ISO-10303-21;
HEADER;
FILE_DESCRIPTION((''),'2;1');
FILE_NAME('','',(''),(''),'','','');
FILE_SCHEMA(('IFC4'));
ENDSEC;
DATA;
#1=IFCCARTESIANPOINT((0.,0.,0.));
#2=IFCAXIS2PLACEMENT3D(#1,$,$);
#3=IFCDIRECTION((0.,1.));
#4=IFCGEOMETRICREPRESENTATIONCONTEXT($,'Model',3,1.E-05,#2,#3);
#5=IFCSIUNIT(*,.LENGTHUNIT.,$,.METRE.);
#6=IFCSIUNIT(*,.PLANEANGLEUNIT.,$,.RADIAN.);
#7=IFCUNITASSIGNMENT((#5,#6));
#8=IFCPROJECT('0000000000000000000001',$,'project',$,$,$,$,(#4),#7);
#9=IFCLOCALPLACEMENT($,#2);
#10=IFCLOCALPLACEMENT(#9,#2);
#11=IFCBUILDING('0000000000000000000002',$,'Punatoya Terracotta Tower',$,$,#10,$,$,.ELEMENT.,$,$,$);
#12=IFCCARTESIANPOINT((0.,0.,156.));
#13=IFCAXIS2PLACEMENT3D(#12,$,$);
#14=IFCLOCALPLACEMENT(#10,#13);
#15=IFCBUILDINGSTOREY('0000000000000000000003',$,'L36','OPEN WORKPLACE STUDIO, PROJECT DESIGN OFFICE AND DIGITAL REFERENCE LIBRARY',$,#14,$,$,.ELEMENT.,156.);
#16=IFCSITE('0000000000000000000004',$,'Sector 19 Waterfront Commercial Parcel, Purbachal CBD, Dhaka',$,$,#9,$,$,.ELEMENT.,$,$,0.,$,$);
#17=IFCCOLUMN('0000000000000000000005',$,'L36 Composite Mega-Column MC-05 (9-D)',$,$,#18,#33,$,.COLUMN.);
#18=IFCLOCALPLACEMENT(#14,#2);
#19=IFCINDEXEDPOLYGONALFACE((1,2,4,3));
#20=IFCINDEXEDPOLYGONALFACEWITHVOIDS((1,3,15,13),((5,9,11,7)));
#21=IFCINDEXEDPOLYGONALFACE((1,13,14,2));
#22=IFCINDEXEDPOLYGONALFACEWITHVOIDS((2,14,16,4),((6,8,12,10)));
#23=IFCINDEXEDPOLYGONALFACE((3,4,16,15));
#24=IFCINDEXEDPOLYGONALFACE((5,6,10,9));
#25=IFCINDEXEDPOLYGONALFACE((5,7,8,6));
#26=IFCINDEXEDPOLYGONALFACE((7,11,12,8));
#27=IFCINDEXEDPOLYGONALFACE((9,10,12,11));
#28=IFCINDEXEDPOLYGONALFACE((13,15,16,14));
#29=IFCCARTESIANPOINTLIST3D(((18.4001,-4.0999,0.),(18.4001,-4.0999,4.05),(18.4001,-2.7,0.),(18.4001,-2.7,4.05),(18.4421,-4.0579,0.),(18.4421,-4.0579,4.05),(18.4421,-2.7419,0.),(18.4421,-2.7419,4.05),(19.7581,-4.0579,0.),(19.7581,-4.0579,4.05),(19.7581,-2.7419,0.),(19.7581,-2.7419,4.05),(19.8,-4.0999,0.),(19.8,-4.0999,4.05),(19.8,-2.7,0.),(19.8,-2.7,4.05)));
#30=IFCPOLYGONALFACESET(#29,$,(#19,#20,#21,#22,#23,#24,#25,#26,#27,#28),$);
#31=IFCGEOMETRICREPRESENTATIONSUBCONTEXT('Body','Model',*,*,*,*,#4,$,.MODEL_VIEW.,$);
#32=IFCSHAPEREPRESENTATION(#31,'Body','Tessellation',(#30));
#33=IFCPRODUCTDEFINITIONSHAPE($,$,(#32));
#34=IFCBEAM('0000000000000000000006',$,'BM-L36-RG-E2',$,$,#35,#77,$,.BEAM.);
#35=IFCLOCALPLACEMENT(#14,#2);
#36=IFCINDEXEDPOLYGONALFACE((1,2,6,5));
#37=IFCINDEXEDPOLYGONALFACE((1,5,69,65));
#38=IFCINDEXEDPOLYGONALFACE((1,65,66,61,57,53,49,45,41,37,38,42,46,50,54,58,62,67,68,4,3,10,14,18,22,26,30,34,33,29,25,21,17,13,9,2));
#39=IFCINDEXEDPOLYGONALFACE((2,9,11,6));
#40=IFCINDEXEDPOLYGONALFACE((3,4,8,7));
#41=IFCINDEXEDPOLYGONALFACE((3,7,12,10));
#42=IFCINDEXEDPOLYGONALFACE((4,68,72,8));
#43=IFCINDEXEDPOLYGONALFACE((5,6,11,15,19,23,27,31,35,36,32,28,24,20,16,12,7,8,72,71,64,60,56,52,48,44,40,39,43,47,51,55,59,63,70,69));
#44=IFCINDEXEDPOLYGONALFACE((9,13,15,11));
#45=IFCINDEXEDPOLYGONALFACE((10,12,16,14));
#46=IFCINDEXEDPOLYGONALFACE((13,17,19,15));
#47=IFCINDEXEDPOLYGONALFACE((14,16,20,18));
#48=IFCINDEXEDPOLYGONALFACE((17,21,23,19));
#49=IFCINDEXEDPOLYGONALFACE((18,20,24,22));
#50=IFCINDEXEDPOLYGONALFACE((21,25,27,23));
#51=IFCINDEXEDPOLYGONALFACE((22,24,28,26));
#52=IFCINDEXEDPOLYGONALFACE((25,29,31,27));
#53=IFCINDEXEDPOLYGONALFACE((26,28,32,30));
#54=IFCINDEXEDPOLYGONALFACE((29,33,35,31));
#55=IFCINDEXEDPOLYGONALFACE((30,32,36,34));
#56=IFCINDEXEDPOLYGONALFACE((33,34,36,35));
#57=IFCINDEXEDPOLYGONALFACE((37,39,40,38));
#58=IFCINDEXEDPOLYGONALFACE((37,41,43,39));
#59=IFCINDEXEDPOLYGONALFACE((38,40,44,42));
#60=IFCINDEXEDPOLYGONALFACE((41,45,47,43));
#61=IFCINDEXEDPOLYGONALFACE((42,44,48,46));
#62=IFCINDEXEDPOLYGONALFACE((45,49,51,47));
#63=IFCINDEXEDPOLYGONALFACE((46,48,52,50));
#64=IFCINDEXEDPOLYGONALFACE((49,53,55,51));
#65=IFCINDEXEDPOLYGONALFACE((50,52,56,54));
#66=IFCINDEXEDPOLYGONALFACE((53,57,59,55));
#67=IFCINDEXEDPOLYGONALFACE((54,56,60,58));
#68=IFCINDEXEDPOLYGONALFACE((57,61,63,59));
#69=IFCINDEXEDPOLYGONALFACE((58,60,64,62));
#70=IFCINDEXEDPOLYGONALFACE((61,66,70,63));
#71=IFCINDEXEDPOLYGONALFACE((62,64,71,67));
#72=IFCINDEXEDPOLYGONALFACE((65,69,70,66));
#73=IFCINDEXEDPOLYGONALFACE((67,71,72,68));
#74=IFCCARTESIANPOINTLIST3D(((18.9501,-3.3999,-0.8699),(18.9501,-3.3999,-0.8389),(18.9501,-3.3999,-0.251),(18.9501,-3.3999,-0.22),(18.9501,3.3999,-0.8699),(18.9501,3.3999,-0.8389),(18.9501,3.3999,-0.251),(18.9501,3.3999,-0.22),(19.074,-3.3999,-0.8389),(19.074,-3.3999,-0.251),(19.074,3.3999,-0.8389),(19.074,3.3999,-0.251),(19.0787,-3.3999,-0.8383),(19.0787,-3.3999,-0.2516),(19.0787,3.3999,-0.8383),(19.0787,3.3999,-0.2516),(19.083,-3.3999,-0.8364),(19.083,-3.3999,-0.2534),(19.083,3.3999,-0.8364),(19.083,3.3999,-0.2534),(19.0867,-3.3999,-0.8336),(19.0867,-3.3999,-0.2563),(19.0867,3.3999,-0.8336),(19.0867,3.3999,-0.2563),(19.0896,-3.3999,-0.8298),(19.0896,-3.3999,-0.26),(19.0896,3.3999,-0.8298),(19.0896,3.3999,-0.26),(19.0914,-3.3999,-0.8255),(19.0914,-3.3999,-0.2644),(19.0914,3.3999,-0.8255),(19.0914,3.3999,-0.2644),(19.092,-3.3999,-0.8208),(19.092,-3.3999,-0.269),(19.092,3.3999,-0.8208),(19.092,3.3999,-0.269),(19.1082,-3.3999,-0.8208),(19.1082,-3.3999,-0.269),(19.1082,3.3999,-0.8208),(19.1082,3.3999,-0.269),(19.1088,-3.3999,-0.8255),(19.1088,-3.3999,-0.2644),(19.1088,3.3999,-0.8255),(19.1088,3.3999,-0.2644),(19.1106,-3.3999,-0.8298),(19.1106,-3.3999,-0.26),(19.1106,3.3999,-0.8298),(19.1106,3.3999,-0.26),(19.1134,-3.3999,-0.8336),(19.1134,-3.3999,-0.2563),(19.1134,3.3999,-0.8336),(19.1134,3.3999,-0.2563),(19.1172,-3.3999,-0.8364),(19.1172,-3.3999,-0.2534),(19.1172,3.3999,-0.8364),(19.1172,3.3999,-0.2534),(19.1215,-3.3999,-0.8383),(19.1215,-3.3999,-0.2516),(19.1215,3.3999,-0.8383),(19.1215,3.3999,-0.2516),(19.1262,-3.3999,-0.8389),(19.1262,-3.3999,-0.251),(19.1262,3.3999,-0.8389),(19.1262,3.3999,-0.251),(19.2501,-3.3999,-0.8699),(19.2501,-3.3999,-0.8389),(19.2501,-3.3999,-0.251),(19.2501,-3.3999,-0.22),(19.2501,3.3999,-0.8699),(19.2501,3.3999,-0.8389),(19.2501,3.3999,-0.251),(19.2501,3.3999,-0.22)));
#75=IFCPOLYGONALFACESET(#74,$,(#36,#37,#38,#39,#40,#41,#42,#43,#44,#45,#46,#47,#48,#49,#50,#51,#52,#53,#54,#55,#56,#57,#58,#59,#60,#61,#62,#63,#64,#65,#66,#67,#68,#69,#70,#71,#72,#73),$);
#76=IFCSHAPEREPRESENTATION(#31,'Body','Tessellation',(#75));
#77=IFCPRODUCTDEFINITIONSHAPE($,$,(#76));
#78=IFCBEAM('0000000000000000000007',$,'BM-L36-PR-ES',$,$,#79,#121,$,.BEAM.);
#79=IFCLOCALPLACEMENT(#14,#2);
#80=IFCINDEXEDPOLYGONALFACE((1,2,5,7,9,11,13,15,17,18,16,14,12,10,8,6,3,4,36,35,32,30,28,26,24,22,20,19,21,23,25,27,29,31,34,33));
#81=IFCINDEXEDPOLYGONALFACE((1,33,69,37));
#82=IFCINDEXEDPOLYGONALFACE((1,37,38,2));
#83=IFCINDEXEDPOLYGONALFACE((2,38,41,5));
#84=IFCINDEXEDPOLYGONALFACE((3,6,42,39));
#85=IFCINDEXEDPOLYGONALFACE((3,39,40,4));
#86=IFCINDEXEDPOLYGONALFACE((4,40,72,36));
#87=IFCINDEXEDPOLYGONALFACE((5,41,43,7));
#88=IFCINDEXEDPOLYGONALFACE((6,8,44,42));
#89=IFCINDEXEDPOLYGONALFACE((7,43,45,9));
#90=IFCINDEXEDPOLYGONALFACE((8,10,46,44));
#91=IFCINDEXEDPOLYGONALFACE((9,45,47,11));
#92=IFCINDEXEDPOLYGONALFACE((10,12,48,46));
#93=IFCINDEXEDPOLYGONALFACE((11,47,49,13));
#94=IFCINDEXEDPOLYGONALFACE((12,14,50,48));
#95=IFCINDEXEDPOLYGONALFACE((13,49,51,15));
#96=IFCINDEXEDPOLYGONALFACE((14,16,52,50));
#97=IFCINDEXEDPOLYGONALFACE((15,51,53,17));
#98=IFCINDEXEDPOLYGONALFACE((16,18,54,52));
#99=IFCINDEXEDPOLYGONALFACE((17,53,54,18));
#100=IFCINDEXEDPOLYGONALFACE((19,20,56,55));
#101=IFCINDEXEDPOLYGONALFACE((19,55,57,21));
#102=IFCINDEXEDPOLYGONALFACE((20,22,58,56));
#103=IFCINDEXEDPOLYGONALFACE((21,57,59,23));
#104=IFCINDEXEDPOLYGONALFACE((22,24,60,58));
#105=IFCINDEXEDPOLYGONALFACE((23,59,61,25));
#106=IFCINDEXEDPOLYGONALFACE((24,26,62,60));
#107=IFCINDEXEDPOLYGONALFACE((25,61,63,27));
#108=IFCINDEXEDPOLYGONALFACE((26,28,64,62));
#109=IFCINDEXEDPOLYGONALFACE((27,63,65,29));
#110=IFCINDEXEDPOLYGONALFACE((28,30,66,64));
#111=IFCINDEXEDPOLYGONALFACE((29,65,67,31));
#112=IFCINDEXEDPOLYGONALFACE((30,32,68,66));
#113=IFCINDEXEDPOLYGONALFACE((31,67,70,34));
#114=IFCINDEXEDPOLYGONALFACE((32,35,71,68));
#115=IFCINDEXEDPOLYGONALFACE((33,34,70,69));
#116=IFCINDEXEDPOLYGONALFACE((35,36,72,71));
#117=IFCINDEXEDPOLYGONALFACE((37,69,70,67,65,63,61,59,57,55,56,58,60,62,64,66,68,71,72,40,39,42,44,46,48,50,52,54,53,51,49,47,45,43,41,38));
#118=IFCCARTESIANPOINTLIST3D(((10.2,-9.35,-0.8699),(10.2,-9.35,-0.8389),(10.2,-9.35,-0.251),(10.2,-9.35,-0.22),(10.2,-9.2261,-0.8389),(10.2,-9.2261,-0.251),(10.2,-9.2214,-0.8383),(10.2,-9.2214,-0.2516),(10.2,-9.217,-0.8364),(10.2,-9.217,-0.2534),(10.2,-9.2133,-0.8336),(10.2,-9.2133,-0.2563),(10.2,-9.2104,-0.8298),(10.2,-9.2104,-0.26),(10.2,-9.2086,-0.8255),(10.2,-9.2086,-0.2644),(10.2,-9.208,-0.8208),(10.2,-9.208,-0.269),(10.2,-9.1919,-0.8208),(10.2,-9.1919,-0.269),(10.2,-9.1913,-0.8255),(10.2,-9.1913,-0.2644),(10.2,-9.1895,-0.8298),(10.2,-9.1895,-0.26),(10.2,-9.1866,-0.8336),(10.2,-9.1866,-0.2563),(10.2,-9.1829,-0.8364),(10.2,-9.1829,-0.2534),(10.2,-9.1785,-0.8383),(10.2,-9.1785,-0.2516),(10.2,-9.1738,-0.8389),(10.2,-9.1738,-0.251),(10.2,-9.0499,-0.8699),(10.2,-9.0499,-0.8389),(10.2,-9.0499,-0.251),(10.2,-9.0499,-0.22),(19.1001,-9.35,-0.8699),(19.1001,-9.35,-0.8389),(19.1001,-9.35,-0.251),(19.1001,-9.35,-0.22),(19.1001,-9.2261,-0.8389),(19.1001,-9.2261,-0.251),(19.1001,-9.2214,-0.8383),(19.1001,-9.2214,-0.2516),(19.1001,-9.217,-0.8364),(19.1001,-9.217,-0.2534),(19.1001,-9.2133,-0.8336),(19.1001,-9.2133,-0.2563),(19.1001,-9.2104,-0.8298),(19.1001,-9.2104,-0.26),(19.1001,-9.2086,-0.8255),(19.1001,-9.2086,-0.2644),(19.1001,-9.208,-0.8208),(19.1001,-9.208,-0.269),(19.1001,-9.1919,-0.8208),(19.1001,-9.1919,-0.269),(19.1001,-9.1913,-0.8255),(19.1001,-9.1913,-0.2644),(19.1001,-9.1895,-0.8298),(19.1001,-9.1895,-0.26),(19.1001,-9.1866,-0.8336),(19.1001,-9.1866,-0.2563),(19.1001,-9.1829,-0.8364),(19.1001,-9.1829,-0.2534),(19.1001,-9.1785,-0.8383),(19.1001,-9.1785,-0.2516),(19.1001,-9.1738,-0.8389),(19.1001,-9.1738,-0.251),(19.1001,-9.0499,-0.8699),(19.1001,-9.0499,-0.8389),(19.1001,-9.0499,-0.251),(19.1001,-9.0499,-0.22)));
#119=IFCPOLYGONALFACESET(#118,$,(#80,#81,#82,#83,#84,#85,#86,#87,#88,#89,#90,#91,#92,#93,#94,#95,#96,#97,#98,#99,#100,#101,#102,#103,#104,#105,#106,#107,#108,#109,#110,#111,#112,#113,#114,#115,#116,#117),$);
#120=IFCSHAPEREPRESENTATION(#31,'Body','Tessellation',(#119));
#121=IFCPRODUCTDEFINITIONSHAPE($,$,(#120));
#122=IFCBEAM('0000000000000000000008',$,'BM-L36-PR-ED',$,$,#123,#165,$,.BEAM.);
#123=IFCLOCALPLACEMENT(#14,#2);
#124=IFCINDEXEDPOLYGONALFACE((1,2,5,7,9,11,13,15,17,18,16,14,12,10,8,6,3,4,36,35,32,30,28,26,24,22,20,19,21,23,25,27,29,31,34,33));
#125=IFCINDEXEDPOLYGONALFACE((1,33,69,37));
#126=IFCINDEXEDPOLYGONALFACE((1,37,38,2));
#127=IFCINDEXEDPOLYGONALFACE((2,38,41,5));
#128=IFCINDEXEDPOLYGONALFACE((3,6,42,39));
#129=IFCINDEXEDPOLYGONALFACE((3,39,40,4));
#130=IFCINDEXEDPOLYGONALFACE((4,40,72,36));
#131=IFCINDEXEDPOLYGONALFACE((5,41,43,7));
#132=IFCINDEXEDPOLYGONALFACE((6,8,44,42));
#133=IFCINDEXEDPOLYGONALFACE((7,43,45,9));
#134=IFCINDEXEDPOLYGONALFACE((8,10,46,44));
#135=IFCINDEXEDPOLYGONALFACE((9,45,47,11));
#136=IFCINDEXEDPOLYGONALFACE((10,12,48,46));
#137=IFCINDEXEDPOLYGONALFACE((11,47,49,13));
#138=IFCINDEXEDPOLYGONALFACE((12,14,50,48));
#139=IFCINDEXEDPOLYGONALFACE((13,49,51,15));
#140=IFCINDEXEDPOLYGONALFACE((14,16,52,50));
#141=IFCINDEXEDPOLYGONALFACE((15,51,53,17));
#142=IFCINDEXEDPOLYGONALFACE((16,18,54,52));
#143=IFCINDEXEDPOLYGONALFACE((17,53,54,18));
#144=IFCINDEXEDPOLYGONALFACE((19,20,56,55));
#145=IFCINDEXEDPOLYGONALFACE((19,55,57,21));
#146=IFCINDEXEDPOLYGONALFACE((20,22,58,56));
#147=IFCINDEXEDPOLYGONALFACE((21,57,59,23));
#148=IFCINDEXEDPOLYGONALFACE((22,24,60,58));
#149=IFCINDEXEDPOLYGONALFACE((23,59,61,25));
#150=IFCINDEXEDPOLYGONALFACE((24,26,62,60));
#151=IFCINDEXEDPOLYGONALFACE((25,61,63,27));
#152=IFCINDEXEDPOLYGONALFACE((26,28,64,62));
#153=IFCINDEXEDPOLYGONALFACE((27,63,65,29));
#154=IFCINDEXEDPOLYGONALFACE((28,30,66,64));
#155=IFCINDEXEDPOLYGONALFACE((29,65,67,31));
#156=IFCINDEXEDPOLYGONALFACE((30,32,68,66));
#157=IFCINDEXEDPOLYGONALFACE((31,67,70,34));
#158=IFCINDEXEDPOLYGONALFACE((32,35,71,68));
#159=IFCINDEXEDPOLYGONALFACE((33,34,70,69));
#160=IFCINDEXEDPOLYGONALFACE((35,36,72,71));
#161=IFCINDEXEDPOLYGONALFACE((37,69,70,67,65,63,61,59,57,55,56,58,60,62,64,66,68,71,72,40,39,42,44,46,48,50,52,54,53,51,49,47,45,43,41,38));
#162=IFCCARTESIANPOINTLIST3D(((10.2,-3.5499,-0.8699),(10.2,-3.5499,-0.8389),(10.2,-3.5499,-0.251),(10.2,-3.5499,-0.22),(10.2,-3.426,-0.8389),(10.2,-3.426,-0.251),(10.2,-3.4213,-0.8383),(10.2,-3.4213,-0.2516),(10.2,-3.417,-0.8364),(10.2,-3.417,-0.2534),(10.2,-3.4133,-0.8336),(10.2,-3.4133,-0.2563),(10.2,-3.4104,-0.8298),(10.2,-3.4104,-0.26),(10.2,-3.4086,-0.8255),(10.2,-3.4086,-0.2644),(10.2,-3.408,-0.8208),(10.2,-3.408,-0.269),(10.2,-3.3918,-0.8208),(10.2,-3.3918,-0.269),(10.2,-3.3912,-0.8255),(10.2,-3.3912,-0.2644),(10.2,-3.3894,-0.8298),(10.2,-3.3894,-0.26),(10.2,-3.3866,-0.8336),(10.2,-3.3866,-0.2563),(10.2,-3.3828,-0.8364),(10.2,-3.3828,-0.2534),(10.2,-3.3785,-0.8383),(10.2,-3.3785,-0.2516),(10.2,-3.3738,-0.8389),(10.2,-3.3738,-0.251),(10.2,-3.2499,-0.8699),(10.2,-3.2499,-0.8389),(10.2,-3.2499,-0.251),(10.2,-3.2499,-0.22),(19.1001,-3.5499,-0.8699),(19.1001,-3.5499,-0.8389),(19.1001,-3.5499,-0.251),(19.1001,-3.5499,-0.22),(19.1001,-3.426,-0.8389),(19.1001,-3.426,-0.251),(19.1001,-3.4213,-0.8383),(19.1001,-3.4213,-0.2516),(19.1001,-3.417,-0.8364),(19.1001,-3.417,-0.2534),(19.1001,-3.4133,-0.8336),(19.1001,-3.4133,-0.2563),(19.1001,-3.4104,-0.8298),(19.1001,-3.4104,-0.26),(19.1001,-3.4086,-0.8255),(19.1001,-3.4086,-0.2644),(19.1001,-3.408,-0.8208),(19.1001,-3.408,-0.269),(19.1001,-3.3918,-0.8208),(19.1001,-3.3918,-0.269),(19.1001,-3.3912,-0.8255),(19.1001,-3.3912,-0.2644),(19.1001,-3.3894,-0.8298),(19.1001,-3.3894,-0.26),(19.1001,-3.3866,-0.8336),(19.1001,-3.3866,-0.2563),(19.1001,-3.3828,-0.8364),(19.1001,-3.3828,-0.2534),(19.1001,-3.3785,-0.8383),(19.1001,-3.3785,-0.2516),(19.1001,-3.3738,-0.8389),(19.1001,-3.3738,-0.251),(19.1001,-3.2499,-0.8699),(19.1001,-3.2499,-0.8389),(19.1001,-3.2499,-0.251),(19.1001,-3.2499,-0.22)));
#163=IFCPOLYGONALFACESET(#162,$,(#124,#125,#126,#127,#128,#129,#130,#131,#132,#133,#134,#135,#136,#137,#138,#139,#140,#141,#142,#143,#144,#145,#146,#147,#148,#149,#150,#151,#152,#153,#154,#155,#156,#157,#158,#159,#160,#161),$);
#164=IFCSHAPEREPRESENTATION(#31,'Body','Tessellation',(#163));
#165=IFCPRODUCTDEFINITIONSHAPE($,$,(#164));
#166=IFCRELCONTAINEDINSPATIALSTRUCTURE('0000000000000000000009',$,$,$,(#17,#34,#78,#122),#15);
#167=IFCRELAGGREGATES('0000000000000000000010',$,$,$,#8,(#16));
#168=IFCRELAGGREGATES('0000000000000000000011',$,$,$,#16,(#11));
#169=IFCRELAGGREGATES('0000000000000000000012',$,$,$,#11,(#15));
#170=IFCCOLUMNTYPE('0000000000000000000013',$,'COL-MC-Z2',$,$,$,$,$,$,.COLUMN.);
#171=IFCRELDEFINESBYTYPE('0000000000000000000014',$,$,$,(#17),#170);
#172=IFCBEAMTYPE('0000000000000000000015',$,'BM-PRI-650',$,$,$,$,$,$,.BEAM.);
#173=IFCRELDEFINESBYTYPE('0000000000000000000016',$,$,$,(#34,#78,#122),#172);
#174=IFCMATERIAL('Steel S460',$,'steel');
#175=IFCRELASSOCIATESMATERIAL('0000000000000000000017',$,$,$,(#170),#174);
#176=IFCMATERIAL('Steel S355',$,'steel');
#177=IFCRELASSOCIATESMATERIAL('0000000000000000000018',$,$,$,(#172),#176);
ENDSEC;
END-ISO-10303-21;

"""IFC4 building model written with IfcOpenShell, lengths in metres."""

from ifc_helpers import new_model, si_unit, direction, frame, origin, origin_2d, place, context, subcontext, project, spatial, hollow_rectangle, i_section, extrude, material, material_profile, profile_set, type_object, element, save


model = new_model("IFC4")

# Units and contexts
model_context = context("Model", 3, precision=1e-05, world=origin(), true_north=direction((0.0, 1.0)))
body_context = subcontext(model_context, "Body", "Model", "MODEL_VIEW")
ifc_project = project(units=[si_unit("LENGTHUNIT", "METRE"), si_unit("PLANEANGLEUNIT", "RADIAN")], contexts=[model_context])

# Site, building, storey
site_placement = place(None, origin())
site = spatial("IfcSite", under=ifc_project, at=site_placement, Name="Sector 19 Waterfront Commercial Parcel, Purbachal CBD, Dhaka", CompositionType="ELEMENT", RefElevation=0.0)
building_placement = place(site_placement, origin())
building = spatial("IfcBuilding", under=site, at=building_placement, Name="Punatoya Terracotta Tower", CompositionType="ELEMENT")
storey_placement = place(building_placement, frame((0.0, 0.0, 156.0)))
storey = spatial("IfcBuildingStorey", under=building, at=storey_placement, Name="L36", Description="OPEN WORKPLACE STUDIO, PROJECT DESIGN OFFICE AND DIGITAL REFERENCE LIBRARY", CompositionType="ELEMENT", Elevation=156.0)

# Column
ifc_material_1 = material(Name="Steel S460", Category="steel")
ifc_material_profile_1 = material_profile(ifc_material_1, hollow_rectangle(XDim=1.3999, YDim=1.3999, WallThickness=0.042, at=origin_2d()))
ifc_profile_set_1 = profile_set([ifc_material_profile_1], Name="Steel S460")
column_type = type_object("IfcColumnType", Name="COL-MC-Z2", PredefinedType="COLUMN", material=ifc_profile_set_1)
column_placement = place(storey_placement, frame((19.1001, -3.3999, 0.0), z_axis=(0.0, 0.0, 1.0), x_axis=(1.0, 0.0, 0.0)))
element("IfcColumn", 1, at=column_placement, inside=storey, type_object=column_type, Name="L36 Composite Mega-Column MC-05 (9-D)", PredefinedType="COLUMN", context=body_context, shape_type="SweptSolid", body=[
    extrude(hollow_rectangle(XDim=1.3999, YDim=1.3999, WallThickness=0.042, at=origin_2d()), origin(), (0.0, 0.0, 1.0), 4.05),
])

# Beams
ifc_material_2 = material(Name="Steel S355", Category="steel")
ifc_material_profile_2 = material_profile(ifc_material_2, i_section(OverallWidth=0.3, OverallDepth=0.6499, WebThickness=0.0161, FlangeThickness=0.031, FilletRadius=0.0181, at=origin_2d()))
ifc_profile_set_2 = profile_set([ifc_material_profile_2], Name="Steel S355")
beam_type_1 = type_object("IfcBeamType", Name="BM-PRI-650", PredefinedType="BEAM", material=ifc_profile_set_2)
beam_1_placement = place(storey_placement, frame((19.1001, -3.3999, -0.5449), z_axis=(0.0, 1.0, 0.0), x_axis=(-1.0, 0.0, 0.0)))
element("IfcBeam", 2, at=beam_1_placement, inside=storey, type_object=beam_type_1, Name="BM-L36-RG-E2", PredefinedType="BEAM", context=body_context, shape_type="SweptSolid", body=[
    extrude(i_section(OverallWidth=0.3, OverallDepth=0.6499, WebThickness=0.0161, FlangeThickness=0.031, FilletRadius=0.0181, at=origin_2d()), origin(), (0.0, 0.0, 1.0), 6.7998),
])
for number, where, z_axis, x_axis, name in (
    (3, (10.2, -9.2, -0.5449), (1.0, 0.0, 0.0), (0.0, 1.0, 0.0), "BM-L36-PR-ES"),
    (4, (10.2, -3.3999, -0.5449), (1.0, 0.0, 0.0), (0.0, 1.0, 0.0), "BM-L36-PR-ED"),
):
    element("IfcBeam", number, at=place(storey_placement, frame(where, z_axis=z_axis, x_axis=x_axis)), inside=storey, type_object=beam_type_1, Name=name, PredefinedType="BEAM", context=body_context, shape_type="SweptSolid", body=[
        extrude(i_section(OverallWidth=0.3, OverallDepth=0.6499, WebThickness=0.0161, FlangeThickness=0.031, FilletRadius=0.0181, at=origin_2d()), origin(), (0.0, 0.0, 1.0), 8.9001),
    ])

save(model, "model.ifc")
